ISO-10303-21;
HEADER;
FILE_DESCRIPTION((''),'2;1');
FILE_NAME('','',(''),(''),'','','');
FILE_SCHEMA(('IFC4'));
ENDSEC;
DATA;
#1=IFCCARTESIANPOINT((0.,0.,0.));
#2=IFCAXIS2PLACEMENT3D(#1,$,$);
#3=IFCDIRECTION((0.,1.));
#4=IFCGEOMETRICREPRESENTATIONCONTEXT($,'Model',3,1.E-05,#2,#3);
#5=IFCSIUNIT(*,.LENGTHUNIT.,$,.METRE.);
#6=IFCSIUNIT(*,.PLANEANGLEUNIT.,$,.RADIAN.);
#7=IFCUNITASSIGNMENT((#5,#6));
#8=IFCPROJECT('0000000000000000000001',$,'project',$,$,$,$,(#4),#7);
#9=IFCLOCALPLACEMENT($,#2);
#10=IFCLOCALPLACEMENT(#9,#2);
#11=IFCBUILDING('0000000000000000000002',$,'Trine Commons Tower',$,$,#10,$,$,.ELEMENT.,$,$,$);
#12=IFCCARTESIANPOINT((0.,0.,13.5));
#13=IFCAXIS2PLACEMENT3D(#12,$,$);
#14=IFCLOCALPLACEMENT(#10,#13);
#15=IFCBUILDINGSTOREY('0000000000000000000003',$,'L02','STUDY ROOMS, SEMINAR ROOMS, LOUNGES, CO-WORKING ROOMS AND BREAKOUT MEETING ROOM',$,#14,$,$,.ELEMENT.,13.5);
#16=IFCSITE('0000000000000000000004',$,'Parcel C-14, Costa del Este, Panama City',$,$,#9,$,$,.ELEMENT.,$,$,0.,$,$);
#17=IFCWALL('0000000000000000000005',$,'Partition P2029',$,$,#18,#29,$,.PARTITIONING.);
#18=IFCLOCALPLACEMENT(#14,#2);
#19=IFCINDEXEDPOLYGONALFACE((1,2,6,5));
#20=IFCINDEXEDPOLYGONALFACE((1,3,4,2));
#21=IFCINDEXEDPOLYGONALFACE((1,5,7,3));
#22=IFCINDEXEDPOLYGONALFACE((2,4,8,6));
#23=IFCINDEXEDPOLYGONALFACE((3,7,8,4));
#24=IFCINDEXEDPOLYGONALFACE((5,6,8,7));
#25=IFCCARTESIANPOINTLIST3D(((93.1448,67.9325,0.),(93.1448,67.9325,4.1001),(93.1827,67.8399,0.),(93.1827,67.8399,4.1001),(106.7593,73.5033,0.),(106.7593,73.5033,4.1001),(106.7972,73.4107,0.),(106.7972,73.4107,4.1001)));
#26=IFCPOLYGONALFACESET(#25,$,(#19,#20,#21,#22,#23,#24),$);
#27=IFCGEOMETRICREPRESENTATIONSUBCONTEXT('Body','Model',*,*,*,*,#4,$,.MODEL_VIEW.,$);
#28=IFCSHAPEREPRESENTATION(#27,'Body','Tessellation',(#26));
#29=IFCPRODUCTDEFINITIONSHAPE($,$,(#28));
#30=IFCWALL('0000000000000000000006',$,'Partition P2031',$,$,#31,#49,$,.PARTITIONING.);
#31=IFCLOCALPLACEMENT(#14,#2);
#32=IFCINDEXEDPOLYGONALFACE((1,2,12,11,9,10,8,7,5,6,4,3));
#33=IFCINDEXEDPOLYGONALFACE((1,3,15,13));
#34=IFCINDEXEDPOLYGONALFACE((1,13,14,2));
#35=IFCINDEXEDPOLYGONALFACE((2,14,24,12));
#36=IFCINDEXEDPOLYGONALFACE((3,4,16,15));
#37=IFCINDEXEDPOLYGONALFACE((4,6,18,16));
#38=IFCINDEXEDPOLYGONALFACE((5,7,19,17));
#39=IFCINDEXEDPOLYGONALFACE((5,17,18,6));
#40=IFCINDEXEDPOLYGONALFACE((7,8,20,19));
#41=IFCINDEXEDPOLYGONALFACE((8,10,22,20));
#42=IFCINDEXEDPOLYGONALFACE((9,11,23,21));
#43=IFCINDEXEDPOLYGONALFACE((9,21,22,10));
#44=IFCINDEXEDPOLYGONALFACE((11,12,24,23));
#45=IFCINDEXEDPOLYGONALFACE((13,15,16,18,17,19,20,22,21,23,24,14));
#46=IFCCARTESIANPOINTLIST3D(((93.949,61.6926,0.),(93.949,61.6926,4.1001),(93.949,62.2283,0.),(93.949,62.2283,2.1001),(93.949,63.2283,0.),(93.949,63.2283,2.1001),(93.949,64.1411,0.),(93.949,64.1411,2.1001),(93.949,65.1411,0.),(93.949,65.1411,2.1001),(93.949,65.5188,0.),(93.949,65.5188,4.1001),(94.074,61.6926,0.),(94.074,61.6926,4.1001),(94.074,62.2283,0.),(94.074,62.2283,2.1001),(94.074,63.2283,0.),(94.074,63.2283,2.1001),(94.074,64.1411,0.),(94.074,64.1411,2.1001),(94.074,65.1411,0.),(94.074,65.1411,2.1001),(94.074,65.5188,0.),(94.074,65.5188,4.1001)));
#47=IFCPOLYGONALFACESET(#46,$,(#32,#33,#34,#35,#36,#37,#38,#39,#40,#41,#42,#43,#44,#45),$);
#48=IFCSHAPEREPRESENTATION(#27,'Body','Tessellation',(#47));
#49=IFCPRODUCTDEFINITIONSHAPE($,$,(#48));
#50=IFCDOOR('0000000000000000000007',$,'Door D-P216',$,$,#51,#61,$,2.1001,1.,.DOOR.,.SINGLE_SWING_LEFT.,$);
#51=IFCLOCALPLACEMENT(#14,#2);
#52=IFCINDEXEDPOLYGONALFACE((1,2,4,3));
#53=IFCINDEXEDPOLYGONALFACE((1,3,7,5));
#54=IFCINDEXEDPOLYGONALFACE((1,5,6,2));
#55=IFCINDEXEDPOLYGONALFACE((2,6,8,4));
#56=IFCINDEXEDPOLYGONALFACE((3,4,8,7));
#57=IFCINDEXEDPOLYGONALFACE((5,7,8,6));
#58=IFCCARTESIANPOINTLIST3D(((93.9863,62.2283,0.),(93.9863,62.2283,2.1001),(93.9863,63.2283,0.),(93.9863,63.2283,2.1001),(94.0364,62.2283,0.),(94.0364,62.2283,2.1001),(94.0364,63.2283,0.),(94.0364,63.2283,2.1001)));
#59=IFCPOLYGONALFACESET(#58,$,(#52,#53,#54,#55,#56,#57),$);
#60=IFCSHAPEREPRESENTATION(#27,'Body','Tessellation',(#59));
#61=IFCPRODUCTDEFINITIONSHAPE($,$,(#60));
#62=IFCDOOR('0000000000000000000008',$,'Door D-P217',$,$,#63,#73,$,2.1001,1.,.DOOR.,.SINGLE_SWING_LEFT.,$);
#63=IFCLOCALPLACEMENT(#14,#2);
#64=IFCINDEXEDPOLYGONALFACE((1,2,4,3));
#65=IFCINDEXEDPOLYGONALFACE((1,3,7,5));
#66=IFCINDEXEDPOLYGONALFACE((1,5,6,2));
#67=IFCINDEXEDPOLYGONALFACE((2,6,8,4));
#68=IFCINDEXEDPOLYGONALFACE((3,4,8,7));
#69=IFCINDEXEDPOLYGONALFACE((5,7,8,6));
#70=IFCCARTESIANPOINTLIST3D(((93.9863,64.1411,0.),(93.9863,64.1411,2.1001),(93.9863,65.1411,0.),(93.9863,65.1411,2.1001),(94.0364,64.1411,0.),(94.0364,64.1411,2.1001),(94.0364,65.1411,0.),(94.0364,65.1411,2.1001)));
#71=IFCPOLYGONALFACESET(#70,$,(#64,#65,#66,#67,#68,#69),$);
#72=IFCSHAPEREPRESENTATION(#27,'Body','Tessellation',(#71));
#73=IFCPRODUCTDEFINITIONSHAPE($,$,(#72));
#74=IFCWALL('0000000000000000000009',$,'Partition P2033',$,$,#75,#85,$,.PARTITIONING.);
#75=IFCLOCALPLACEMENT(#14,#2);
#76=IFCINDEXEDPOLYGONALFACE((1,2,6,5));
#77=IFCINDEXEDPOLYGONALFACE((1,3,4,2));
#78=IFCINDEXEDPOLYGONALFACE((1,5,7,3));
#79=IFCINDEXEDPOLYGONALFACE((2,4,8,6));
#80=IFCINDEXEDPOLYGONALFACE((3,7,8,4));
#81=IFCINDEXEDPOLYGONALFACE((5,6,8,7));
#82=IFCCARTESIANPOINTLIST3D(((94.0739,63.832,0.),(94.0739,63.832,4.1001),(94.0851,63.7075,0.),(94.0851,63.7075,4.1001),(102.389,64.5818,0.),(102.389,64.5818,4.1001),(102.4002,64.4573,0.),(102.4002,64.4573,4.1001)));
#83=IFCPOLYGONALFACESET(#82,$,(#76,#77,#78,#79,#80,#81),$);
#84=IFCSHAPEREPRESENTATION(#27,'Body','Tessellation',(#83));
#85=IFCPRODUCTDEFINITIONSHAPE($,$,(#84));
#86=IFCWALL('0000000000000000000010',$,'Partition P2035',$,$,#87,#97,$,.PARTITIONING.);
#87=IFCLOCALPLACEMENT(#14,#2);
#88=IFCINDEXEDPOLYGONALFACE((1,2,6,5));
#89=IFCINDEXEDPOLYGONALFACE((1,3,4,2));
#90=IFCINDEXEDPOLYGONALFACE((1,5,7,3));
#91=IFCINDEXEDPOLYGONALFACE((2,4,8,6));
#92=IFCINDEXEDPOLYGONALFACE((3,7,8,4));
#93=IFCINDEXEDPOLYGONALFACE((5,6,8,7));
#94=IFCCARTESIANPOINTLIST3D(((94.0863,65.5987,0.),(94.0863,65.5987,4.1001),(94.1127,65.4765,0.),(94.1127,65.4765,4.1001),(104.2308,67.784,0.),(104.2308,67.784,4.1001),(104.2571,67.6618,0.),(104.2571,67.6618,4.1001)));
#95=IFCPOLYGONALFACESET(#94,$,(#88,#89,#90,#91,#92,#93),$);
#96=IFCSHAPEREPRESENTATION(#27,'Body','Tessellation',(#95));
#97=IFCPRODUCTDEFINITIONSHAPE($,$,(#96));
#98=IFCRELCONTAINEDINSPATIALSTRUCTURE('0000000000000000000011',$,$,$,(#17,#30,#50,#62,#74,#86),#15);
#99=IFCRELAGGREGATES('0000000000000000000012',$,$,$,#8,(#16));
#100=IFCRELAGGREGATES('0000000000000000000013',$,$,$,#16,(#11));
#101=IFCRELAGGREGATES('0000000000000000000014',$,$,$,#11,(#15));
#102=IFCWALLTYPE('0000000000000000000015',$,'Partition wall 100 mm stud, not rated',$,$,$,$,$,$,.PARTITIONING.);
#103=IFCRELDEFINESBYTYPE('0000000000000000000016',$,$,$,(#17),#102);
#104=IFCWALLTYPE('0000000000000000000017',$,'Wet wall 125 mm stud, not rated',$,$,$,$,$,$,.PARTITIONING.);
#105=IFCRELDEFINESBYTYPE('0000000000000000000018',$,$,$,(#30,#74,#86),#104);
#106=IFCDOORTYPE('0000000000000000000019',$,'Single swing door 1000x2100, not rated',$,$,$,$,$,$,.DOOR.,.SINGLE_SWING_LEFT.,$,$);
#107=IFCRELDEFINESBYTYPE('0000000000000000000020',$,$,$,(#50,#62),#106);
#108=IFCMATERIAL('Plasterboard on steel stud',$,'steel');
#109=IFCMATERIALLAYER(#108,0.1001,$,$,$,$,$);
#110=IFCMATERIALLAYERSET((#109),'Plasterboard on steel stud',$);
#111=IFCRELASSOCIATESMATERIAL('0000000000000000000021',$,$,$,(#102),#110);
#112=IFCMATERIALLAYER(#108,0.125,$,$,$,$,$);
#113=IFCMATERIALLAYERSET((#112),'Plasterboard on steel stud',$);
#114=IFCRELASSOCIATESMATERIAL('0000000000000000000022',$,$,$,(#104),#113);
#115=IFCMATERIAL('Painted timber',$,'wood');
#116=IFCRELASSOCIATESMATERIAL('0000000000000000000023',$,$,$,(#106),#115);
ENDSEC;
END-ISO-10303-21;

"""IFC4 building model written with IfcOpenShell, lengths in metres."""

from ifc_helpers import new_model, si_unit, direction, frame, frame_2d, origin, place, context, subcontext, project, spatial, rectangle, extrude, material, layer, layer_set, type_object, element, fill, save


model = new_model("IFC4")

# Units and contexts
model_context = context("Model", 3, precision=1e-05, world=origin(), true_north=direction((0.0, 1.0)))
body_context = subcontext(model_context, "Body", "Model", "MODEL_VIEW")
ifc_project = project(units=[si_unit("LENGTHUNIT", "METRE"), si_unit("PLANEANGLEUNIT", "RADIAN")], contexts=[model_context])

# Site, building, storey
site_placement = place(None, origin())
site = spatial("IfcSite", under=ifc_project, at=site_placement, Name="Parcel C-14, Costa del Este, Panama City", CompositionType="ELEMENT", RefElevation=0.0)
building_placement = place(site_placement, origin())
building = spatial("IfcBuilding", under=site, at=building_placement, Name="Trine Commons Tower", CompositionType="ELEMENT")
storey_placement = place(building_placement, frame((0.0, 0.0, 13.5)))
storey = spatial("IfcBuildingStorey", under=building, at=storey_placement, Name="L02", Description="STUDY ROOMS, SEMINAR ROOMS, LOUNGES, CO-WORKING ROOMS AND BREAKOUT MEETING ROOM", CompositionType="ELEMENT", Elevation=13.5)

# Shared definitions
ifc_material_1 = material(Name="Plasterboard on steel stud", Category="steel")

# Wall
ifc_layer_1 = layer(ifc_material_1, 0.1001)
ifc_layer_set_1 = layer_set([ifc_layer_1], Name="Plasterboard on steel stud")
wall_type_1 = type_object("IfcWallType", Name="Partition wall 100 mm stud, not rated", PredefinedType="PARTITIONING", material=ifc_layer_set_1)
wall_1_placement = place(storey_placement, frame((93.1638, 67.8862, 0.0), z_axis=(0.0, 0.0, 1.0), x_axis=(0.925518, 0.378705, 0.0)))
element("IfcWall", 1, at=wall_1_placement, inside=storey, type_object=wall_type_1, Name="Partition P2029", PredefinedType="PARTITIONING", context=body_context, shape_type="SweptSolid", body=[
    extrude(rectangle(XDim=14.7102, YDim=0.1001, at=frame_2d((7.355, 0.0))), origin(), (0.0, 0.0, 1.0), 4.1001),
])

# Wall, openings, doors
ifc_layer_2 = layer(ifc_material_1, 0.125)
ifc_layer_set_2 = layer_set([ifc_layer_2], Name="Plasterboard on steel stud")
wall_type_2 = type_object("IfcWallType", Name="Wet wall 125 mm stud, not rated", PredefinedType="PARTITIONING", material=ifc_layer_set_2)
wall_2_placement = place(storey_placement, frame((94.0115, 65.5188, 0.0), z_axis=(0.0, 0.0, 1.0), x_axis=(0.0, -1.0, 0.0)))
wall_2 = element("IfcWall", 2, at=wall_2_placement, inside=storey, type_object=wall_type_2, Name="Partition P2031", PredefinedType="PARTITIONING", context=body_context, shape_type="SweptSolid", body=[
    extrude(rectangle(XDim=3.8262, YDim=0.125, at=frame_2d((1.9131, 0.0))), origin(), (0.0, 0.0, 1.0), 4.1001),
])
opening_1_placement = place(wall_2_placement, frame((2.2905, 0.0, 0.0)))
opening_1 = element("IfcOpeningElement", 3, at=opening_1_placement, cuts=wall_2, PredefinedType="OPENING", context=body_context, shape_type="SweptSolid", body=[
    extrude(rectangle(XDim=1.0, YDim=2.1001, at=frame_2d((0.5, 1.05))), frame((0.0, 0.0725, 0.0), z_axis=(0.0, -1.0, 0.0), x_axis=(1.0, 0.0, 0.0)), (0.0, 0.0, 1.0), 0.145),
])
opening_2_placement = place(wall_2_placement, frame((0.3777, 0.0, 0.0)))
opening_2 = element("IfcOpeningElement", 4, at=opening_2_placement, cuts=wall_2, PredefinedType="OPENING", context=body_context, shape_type="SweptSolid", body=[
    extrude(rectangle(XDim=1.0, YDim=2.1001, at=frame_2d((0.5, 1.05))), frame((0.0, 0.0725, 0.0), z_axis=(0.0, -1.0, 0.0), x_axis=(1.0, 0.0, 0.0)), (0.0, 0.0, 1.0), 0.145),
])
ifc_material_2 = material(Name="Painted timber", Category="wood")
door_type_1 = type_object("IfcDoorType", Name="Single swing door 1000x2100, not rated", OperationType="SINGLE_SWING_LEFT", PredefinedType="DOOR", material=ifc_material_2)
door_1_placement = place(opening_1_placement, origin())
door_1 = element("IfcDoor", 5, at=door_1_placement, inside=storey, type_object=door_type_1, Name="Door D-P216", OperationType="SINGLE_SWING_LEFT", OverallHeight=2.1001, OverallWidth=1.0, PredefinedType="DOOR", context=body_context, shape_type="SweptSolid", body=[
    extrude(rectangle(XDim=1.0, YDim=2.1001, at=frame_2d((0.5, 1.05))), frame((0.0, 0.0249, 0.0), z_axis=(0.0, -1.0, 0.0), x_axis=(1.0, 0.0, 0.0)), (0.0, 0.0, 1.0), 0.05),
])
fill(opening_1, door_1)
door_2_placement = place(opening_2_placement, origin())
door_2 = element("IfcDoor", 6, at=door_2_placement, inside=storey, type_object=door_type_1, Name="Door D-P217", OperationType="SINGLE_SWING_LEFT", OverallHeight=2.1001, OverallWidth=1.0, PredefinedType="DOOR", context=body_context, shape_type="SweptSolid", body=[
    extrude(rectangle(XDim=1.0, YDim=2.1001, at=frame_2d((0.5, 1.05))), frame((0.0, 0.0249, 0.0), z_axis=(0.0, -1.0, 0.0), x_axis=(1.0, 0.0, 0.0)), (0.0, 0.0, 1.0), 0.05),
])
fill(opening_2, door_2)

# Walls
wall_3_placement = place(storey_placement, frame((94.0796, 63.7698, 0.0), z_axis=(0.0, 0.0, 1.0), x_axis=(0.99596, 0.089803, 0.0)))
element("IfcWall", 7, at=wall_3_placement, inside=storey, type_object=wall_type_2, Name="Partition P2033", PredefinedType="PARTITIONING", context=body_context, shape_type="SweptSolid", body=[
    extrude(rectangle(XDim=8.3489, YDim=0.125, at=frame_2d((4.1743, 0.0))), origin(), (0.0, 0.0, 1.0), 4.1001),
])
wall_4_placement = place(storey_placement, frame((94.0996, 65.5376, 0.0), z_axis=(0.0, 0.0, 1.0), x_axis=(0.977575, 0.210586, 0.0)))
element("IfcWall", 8, at=wall_4_placement, inside=storey, type_object=wall_type_2, Name="Partition P2035", PredefinedType="PARTITIONING", context=body_context, shape_type="SweptSolid", body=[
    extrude(rectangle(XDim=10.3772, YDim=0.125, at=frame_2d((5.1885, 0.0))), origin(), (0.0, 0.0, 1.0), 4.1001),
])

save(model, "model.ifc")
